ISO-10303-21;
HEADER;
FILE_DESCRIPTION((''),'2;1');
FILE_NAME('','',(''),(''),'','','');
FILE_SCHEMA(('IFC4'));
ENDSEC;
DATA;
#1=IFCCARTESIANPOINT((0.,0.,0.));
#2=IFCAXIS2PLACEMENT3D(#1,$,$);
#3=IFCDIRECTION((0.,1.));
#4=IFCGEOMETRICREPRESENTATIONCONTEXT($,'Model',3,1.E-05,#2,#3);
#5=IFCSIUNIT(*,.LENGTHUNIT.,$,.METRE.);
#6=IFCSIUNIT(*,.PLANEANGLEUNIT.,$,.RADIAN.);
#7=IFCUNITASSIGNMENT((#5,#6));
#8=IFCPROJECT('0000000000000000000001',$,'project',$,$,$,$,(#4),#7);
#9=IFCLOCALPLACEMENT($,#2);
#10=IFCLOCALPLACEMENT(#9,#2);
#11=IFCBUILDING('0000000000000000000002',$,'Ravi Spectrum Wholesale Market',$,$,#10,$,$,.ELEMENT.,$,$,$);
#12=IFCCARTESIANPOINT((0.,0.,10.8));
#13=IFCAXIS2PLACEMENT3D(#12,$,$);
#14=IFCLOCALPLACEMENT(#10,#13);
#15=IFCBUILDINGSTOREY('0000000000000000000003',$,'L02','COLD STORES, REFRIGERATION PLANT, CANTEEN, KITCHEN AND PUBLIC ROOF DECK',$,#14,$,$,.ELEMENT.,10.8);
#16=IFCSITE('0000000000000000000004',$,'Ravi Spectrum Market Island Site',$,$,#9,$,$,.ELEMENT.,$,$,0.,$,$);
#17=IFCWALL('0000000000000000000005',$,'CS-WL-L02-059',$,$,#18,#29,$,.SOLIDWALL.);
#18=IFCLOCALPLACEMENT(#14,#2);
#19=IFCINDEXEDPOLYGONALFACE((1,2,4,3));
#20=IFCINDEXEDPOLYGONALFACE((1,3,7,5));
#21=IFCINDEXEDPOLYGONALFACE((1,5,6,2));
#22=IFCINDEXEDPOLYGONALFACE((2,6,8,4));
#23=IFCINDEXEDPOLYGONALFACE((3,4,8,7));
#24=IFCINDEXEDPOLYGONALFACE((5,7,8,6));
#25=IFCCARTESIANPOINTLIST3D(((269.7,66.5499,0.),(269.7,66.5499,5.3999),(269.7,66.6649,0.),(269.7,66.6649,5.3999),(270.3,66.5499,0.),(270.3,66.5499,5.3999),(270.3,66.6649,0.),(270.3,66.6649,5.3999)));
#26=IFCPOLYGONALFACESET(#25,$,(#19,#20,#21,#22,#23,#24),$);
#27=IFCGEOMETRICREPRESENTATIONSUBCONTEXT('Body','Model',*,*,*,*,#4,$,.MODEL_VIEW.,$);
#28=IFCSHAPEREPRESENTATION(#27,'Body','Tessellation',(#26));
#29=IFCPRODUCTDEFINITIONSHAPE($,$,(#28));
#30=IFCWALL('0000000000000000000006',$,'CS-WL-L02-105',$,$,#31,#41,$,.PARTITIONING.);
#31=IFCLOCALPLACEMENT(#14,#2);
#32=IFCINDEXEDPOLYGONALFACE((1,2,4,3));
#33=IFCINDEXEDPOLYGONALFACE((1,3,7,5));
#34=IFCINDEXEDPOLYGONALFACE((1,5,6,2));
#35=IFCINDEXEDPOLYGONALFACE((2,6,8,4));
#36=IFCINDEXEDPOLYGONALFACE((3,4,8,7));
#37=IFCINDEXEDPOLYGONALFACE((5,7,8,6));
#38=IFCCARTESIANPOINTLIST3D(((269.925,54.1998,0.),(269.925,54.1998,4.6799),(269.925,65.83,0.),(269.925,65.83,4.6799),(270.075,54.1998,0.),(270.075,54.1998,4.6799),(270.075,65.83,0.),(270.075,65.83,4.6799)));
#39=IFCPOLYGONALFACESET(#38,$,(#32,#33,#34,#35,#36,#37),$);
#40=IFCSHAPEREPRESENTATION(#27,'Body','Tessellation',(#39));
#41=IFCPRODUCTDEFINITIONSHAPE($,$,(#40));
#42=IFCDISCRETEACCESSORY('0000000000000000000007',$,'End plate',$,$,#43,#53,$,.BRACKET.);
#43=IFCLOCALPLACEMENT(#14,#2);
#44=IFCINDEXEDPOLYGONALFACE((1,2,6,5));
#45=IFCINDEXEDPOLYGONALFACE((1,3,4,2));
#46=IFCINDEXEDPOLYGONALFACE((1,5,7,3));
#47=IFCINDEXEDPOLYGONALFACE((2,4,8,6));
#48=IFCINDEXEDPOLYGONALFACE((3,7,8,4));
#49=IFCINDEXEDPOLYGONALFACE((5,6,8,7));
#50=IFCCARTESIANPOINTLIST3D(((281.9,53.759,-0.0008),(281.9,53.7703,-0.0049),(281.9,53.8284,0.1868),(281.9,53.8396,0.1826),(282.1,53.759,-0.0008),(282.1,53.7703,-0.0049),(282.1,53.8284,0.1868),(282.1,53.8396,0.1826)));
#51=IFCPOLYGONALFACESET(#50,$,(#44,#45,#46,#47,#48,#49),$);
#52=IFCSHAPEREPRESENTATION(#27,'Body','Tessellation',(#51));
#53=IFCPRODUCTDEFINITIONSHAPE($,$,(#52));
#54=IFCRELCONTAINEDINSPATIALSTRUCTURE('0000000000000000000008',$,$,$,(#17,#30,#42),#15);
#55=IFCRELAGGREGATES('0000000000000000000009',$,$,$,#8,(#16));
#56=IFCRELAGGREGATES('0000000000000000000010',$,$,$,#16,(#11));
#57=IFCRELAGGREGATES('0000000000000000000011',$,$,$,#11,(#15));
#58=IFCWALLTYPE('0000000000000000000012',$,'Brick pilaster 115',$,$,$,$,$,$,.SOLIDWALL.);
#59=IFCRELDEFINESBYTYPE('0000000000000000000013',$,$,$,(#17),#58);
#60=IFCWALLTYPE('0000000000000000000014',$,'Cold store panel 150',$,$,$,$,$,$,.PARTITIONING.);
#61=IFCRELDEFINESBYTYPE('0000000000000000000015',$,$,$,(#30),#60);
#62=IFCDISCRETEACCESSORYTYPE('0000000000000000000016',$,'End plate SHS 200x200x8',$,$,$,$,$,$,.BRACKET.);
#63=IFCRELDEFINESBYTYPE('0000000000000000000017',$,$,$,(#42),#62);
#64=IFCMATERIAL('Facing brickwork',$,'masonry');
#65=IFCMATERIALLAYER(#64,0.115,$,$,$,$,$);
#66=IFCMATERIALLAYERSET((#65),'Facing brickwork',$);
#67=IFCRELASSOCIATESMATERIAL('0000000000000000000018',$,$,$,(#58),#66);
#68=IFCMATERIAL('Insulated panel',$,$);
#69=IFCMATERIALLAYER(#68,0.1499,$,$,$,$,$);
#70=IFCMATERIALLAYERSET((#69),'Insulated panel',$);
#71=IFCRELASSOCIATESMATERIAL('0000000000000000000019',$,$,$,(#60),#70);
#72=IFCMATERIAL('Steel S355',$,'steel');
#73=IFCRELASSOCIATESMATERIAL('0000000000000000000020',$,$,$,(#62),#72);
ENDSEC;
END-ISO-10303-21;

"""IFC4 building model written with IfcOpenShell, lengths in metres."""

from ifc_helpers import new_model, si_unit, direction, frame, frame_2d, origin, origin_2d, place, context, subcontext, project, spatial, rectangle, extrude, material, layer, layer_set, material_profile, profile_set, type_object, element, save


model = new_model("IFC4")

# Units and contexts
model_context = context("Model", 3, precision=1e-05, world=origin(), true_north=direction((0.0, 1.0)))
body_context = subcontext(model_context, "Body", "Model", "MODEL_VIEW")
ifc_project = project(units=[si_unit("LENGTHUNIT", "METRE"), si_unit("PLANEANGLEUNIT", "RADIAN")], contexts=[model_context])

# Site, building, storey
site_placement = place(None, origin())
site = spatial("IfcSite", under=ifc_project, at=site_placement, Name="Ravi Spectrum Market Island Site", CompositionType="ELEMENT", RefElevation=0.0)
building_placement = place(site_placement, origin())
building = spatial("IfcBuilding", under=site, at=building_placement, Name="Ravi Spectrum Wholesale Market", CompositionType="ELEMENT")
storey_placement = place(building_placement, frame((0.0, 0.0, 10.8)))
storey = spatial("IfcBuildingStorey", under=building, at=storey_placement, Name="L02", Description="COLD STORES, REFRIGERATION PLANT, CANTEEN, KITCHEN AND PUBLIC ROOF DECK", CompositionType="ELEMENT", Elevation=10.8)

# Walls
ifc_material_1 = material(Name="Facing brickwork", Category="masonry")
ifc_layer_1 = layer(ifc_material_1, 0.115)
ifc_layer_set_1 = layer_set([ifc_layer_1], Name="Facing brickwork")
wall_type_1 = type_object("IfcWallType", Name="Brick pilaster 115", PredefinedType="SOLIDWALL", material=ifc_layer_set_1)
wall_1_placement = place(storey_placement, frame((270.3, 66.6074, 0.0), z_axis=(0.0, 0.0, 1.0), x_axis=(-1.0, 0.0, 0.0)))
element("IfcWall", 1, at=wall_1_placement, inside=storey, type_object=wall_type_1, Name="CS-WL-L02-059", PredefinedType="SOLIDWALL", context=body_context, shape_type="SweptSolid", body=[
    extrude(rectangle(XDim=0.6001, YDim=0.115, at=frame_2d((0.3, 0.0))), origin(), (0.0, 0.0, 1.0), 5.3999),
])
ifc_material_2 = material(Name="Insulated panel")
ifc_layer_2 = layer(ifc_material_2, 0.1499)
ifc_layer_set_2 = layer_set([ifc_layer_2], Name="Insulated panel")
wall_type_2 = type_object("IfcWallType", Name="Cold store panel 150", PredefinedType="PARTITIONING", material=ifc_layer_set_2)
wall_2_placement = place(storey_placement, frame((270.0, 54.2, 0.0), z_axis=(0.0, 0.0, 1.0), x_axis=(0.0, 1.0, 0.0)))
element("IfcWall", 2, at=wall_2_placement, inside=storey, type_object=wall_type_2, Name="CS-WL-L02-105", PredefinedType="PARTITIONING", context=body_context, shape_type="SweptSolid", body=[
    extrude(rectangle(XDim=11.6301, YDim=0.1499, at=frame_2d((5.8149, 0.0))), origin(), (0.0, 0.0, 1.0), 4.6799),
])

# Discrete accessory
ifc_material_3 = material(Name="Steel S355", Category="steel")
ifc_material_profile_1 = material_profile(ifc_material_3, rectangle(XDim=0.2, YDim=0.2, at=origin_2d()))
ifc_profile_set_1 = profile_set([ifc_material_profile_1], Name="Steel S355")
discrete_accessory_type = type_object("IfcDiscreteAccessoryType", Name="End plate SHS 200x200x8", PredefinedType="BRACKET", material=ifc_profile_set_1)
discrete_accessory_placement = place(storey_placement, frame((282.0, 53.7937, 0.093), z_axis=(0.0, 0.937994, -0.34665), x_axis=(-1.0, 0.0, 0.0)))
element("IfcDiscreteAccessory", 3, at=discrete_accessory_placement, inside=storey, type_object=discrete_accessory_type, Name="End plate", PredefinedType="BRACKET", context=body_context, shape_type="SweptSolid", body=[
    extrude(rectangle(XDim=0.2, YDim=0.2, at=origin_2d()), origin(), (0.0, 0.0, 1.0), 0.012),
])

save(model, "model.ifc")
